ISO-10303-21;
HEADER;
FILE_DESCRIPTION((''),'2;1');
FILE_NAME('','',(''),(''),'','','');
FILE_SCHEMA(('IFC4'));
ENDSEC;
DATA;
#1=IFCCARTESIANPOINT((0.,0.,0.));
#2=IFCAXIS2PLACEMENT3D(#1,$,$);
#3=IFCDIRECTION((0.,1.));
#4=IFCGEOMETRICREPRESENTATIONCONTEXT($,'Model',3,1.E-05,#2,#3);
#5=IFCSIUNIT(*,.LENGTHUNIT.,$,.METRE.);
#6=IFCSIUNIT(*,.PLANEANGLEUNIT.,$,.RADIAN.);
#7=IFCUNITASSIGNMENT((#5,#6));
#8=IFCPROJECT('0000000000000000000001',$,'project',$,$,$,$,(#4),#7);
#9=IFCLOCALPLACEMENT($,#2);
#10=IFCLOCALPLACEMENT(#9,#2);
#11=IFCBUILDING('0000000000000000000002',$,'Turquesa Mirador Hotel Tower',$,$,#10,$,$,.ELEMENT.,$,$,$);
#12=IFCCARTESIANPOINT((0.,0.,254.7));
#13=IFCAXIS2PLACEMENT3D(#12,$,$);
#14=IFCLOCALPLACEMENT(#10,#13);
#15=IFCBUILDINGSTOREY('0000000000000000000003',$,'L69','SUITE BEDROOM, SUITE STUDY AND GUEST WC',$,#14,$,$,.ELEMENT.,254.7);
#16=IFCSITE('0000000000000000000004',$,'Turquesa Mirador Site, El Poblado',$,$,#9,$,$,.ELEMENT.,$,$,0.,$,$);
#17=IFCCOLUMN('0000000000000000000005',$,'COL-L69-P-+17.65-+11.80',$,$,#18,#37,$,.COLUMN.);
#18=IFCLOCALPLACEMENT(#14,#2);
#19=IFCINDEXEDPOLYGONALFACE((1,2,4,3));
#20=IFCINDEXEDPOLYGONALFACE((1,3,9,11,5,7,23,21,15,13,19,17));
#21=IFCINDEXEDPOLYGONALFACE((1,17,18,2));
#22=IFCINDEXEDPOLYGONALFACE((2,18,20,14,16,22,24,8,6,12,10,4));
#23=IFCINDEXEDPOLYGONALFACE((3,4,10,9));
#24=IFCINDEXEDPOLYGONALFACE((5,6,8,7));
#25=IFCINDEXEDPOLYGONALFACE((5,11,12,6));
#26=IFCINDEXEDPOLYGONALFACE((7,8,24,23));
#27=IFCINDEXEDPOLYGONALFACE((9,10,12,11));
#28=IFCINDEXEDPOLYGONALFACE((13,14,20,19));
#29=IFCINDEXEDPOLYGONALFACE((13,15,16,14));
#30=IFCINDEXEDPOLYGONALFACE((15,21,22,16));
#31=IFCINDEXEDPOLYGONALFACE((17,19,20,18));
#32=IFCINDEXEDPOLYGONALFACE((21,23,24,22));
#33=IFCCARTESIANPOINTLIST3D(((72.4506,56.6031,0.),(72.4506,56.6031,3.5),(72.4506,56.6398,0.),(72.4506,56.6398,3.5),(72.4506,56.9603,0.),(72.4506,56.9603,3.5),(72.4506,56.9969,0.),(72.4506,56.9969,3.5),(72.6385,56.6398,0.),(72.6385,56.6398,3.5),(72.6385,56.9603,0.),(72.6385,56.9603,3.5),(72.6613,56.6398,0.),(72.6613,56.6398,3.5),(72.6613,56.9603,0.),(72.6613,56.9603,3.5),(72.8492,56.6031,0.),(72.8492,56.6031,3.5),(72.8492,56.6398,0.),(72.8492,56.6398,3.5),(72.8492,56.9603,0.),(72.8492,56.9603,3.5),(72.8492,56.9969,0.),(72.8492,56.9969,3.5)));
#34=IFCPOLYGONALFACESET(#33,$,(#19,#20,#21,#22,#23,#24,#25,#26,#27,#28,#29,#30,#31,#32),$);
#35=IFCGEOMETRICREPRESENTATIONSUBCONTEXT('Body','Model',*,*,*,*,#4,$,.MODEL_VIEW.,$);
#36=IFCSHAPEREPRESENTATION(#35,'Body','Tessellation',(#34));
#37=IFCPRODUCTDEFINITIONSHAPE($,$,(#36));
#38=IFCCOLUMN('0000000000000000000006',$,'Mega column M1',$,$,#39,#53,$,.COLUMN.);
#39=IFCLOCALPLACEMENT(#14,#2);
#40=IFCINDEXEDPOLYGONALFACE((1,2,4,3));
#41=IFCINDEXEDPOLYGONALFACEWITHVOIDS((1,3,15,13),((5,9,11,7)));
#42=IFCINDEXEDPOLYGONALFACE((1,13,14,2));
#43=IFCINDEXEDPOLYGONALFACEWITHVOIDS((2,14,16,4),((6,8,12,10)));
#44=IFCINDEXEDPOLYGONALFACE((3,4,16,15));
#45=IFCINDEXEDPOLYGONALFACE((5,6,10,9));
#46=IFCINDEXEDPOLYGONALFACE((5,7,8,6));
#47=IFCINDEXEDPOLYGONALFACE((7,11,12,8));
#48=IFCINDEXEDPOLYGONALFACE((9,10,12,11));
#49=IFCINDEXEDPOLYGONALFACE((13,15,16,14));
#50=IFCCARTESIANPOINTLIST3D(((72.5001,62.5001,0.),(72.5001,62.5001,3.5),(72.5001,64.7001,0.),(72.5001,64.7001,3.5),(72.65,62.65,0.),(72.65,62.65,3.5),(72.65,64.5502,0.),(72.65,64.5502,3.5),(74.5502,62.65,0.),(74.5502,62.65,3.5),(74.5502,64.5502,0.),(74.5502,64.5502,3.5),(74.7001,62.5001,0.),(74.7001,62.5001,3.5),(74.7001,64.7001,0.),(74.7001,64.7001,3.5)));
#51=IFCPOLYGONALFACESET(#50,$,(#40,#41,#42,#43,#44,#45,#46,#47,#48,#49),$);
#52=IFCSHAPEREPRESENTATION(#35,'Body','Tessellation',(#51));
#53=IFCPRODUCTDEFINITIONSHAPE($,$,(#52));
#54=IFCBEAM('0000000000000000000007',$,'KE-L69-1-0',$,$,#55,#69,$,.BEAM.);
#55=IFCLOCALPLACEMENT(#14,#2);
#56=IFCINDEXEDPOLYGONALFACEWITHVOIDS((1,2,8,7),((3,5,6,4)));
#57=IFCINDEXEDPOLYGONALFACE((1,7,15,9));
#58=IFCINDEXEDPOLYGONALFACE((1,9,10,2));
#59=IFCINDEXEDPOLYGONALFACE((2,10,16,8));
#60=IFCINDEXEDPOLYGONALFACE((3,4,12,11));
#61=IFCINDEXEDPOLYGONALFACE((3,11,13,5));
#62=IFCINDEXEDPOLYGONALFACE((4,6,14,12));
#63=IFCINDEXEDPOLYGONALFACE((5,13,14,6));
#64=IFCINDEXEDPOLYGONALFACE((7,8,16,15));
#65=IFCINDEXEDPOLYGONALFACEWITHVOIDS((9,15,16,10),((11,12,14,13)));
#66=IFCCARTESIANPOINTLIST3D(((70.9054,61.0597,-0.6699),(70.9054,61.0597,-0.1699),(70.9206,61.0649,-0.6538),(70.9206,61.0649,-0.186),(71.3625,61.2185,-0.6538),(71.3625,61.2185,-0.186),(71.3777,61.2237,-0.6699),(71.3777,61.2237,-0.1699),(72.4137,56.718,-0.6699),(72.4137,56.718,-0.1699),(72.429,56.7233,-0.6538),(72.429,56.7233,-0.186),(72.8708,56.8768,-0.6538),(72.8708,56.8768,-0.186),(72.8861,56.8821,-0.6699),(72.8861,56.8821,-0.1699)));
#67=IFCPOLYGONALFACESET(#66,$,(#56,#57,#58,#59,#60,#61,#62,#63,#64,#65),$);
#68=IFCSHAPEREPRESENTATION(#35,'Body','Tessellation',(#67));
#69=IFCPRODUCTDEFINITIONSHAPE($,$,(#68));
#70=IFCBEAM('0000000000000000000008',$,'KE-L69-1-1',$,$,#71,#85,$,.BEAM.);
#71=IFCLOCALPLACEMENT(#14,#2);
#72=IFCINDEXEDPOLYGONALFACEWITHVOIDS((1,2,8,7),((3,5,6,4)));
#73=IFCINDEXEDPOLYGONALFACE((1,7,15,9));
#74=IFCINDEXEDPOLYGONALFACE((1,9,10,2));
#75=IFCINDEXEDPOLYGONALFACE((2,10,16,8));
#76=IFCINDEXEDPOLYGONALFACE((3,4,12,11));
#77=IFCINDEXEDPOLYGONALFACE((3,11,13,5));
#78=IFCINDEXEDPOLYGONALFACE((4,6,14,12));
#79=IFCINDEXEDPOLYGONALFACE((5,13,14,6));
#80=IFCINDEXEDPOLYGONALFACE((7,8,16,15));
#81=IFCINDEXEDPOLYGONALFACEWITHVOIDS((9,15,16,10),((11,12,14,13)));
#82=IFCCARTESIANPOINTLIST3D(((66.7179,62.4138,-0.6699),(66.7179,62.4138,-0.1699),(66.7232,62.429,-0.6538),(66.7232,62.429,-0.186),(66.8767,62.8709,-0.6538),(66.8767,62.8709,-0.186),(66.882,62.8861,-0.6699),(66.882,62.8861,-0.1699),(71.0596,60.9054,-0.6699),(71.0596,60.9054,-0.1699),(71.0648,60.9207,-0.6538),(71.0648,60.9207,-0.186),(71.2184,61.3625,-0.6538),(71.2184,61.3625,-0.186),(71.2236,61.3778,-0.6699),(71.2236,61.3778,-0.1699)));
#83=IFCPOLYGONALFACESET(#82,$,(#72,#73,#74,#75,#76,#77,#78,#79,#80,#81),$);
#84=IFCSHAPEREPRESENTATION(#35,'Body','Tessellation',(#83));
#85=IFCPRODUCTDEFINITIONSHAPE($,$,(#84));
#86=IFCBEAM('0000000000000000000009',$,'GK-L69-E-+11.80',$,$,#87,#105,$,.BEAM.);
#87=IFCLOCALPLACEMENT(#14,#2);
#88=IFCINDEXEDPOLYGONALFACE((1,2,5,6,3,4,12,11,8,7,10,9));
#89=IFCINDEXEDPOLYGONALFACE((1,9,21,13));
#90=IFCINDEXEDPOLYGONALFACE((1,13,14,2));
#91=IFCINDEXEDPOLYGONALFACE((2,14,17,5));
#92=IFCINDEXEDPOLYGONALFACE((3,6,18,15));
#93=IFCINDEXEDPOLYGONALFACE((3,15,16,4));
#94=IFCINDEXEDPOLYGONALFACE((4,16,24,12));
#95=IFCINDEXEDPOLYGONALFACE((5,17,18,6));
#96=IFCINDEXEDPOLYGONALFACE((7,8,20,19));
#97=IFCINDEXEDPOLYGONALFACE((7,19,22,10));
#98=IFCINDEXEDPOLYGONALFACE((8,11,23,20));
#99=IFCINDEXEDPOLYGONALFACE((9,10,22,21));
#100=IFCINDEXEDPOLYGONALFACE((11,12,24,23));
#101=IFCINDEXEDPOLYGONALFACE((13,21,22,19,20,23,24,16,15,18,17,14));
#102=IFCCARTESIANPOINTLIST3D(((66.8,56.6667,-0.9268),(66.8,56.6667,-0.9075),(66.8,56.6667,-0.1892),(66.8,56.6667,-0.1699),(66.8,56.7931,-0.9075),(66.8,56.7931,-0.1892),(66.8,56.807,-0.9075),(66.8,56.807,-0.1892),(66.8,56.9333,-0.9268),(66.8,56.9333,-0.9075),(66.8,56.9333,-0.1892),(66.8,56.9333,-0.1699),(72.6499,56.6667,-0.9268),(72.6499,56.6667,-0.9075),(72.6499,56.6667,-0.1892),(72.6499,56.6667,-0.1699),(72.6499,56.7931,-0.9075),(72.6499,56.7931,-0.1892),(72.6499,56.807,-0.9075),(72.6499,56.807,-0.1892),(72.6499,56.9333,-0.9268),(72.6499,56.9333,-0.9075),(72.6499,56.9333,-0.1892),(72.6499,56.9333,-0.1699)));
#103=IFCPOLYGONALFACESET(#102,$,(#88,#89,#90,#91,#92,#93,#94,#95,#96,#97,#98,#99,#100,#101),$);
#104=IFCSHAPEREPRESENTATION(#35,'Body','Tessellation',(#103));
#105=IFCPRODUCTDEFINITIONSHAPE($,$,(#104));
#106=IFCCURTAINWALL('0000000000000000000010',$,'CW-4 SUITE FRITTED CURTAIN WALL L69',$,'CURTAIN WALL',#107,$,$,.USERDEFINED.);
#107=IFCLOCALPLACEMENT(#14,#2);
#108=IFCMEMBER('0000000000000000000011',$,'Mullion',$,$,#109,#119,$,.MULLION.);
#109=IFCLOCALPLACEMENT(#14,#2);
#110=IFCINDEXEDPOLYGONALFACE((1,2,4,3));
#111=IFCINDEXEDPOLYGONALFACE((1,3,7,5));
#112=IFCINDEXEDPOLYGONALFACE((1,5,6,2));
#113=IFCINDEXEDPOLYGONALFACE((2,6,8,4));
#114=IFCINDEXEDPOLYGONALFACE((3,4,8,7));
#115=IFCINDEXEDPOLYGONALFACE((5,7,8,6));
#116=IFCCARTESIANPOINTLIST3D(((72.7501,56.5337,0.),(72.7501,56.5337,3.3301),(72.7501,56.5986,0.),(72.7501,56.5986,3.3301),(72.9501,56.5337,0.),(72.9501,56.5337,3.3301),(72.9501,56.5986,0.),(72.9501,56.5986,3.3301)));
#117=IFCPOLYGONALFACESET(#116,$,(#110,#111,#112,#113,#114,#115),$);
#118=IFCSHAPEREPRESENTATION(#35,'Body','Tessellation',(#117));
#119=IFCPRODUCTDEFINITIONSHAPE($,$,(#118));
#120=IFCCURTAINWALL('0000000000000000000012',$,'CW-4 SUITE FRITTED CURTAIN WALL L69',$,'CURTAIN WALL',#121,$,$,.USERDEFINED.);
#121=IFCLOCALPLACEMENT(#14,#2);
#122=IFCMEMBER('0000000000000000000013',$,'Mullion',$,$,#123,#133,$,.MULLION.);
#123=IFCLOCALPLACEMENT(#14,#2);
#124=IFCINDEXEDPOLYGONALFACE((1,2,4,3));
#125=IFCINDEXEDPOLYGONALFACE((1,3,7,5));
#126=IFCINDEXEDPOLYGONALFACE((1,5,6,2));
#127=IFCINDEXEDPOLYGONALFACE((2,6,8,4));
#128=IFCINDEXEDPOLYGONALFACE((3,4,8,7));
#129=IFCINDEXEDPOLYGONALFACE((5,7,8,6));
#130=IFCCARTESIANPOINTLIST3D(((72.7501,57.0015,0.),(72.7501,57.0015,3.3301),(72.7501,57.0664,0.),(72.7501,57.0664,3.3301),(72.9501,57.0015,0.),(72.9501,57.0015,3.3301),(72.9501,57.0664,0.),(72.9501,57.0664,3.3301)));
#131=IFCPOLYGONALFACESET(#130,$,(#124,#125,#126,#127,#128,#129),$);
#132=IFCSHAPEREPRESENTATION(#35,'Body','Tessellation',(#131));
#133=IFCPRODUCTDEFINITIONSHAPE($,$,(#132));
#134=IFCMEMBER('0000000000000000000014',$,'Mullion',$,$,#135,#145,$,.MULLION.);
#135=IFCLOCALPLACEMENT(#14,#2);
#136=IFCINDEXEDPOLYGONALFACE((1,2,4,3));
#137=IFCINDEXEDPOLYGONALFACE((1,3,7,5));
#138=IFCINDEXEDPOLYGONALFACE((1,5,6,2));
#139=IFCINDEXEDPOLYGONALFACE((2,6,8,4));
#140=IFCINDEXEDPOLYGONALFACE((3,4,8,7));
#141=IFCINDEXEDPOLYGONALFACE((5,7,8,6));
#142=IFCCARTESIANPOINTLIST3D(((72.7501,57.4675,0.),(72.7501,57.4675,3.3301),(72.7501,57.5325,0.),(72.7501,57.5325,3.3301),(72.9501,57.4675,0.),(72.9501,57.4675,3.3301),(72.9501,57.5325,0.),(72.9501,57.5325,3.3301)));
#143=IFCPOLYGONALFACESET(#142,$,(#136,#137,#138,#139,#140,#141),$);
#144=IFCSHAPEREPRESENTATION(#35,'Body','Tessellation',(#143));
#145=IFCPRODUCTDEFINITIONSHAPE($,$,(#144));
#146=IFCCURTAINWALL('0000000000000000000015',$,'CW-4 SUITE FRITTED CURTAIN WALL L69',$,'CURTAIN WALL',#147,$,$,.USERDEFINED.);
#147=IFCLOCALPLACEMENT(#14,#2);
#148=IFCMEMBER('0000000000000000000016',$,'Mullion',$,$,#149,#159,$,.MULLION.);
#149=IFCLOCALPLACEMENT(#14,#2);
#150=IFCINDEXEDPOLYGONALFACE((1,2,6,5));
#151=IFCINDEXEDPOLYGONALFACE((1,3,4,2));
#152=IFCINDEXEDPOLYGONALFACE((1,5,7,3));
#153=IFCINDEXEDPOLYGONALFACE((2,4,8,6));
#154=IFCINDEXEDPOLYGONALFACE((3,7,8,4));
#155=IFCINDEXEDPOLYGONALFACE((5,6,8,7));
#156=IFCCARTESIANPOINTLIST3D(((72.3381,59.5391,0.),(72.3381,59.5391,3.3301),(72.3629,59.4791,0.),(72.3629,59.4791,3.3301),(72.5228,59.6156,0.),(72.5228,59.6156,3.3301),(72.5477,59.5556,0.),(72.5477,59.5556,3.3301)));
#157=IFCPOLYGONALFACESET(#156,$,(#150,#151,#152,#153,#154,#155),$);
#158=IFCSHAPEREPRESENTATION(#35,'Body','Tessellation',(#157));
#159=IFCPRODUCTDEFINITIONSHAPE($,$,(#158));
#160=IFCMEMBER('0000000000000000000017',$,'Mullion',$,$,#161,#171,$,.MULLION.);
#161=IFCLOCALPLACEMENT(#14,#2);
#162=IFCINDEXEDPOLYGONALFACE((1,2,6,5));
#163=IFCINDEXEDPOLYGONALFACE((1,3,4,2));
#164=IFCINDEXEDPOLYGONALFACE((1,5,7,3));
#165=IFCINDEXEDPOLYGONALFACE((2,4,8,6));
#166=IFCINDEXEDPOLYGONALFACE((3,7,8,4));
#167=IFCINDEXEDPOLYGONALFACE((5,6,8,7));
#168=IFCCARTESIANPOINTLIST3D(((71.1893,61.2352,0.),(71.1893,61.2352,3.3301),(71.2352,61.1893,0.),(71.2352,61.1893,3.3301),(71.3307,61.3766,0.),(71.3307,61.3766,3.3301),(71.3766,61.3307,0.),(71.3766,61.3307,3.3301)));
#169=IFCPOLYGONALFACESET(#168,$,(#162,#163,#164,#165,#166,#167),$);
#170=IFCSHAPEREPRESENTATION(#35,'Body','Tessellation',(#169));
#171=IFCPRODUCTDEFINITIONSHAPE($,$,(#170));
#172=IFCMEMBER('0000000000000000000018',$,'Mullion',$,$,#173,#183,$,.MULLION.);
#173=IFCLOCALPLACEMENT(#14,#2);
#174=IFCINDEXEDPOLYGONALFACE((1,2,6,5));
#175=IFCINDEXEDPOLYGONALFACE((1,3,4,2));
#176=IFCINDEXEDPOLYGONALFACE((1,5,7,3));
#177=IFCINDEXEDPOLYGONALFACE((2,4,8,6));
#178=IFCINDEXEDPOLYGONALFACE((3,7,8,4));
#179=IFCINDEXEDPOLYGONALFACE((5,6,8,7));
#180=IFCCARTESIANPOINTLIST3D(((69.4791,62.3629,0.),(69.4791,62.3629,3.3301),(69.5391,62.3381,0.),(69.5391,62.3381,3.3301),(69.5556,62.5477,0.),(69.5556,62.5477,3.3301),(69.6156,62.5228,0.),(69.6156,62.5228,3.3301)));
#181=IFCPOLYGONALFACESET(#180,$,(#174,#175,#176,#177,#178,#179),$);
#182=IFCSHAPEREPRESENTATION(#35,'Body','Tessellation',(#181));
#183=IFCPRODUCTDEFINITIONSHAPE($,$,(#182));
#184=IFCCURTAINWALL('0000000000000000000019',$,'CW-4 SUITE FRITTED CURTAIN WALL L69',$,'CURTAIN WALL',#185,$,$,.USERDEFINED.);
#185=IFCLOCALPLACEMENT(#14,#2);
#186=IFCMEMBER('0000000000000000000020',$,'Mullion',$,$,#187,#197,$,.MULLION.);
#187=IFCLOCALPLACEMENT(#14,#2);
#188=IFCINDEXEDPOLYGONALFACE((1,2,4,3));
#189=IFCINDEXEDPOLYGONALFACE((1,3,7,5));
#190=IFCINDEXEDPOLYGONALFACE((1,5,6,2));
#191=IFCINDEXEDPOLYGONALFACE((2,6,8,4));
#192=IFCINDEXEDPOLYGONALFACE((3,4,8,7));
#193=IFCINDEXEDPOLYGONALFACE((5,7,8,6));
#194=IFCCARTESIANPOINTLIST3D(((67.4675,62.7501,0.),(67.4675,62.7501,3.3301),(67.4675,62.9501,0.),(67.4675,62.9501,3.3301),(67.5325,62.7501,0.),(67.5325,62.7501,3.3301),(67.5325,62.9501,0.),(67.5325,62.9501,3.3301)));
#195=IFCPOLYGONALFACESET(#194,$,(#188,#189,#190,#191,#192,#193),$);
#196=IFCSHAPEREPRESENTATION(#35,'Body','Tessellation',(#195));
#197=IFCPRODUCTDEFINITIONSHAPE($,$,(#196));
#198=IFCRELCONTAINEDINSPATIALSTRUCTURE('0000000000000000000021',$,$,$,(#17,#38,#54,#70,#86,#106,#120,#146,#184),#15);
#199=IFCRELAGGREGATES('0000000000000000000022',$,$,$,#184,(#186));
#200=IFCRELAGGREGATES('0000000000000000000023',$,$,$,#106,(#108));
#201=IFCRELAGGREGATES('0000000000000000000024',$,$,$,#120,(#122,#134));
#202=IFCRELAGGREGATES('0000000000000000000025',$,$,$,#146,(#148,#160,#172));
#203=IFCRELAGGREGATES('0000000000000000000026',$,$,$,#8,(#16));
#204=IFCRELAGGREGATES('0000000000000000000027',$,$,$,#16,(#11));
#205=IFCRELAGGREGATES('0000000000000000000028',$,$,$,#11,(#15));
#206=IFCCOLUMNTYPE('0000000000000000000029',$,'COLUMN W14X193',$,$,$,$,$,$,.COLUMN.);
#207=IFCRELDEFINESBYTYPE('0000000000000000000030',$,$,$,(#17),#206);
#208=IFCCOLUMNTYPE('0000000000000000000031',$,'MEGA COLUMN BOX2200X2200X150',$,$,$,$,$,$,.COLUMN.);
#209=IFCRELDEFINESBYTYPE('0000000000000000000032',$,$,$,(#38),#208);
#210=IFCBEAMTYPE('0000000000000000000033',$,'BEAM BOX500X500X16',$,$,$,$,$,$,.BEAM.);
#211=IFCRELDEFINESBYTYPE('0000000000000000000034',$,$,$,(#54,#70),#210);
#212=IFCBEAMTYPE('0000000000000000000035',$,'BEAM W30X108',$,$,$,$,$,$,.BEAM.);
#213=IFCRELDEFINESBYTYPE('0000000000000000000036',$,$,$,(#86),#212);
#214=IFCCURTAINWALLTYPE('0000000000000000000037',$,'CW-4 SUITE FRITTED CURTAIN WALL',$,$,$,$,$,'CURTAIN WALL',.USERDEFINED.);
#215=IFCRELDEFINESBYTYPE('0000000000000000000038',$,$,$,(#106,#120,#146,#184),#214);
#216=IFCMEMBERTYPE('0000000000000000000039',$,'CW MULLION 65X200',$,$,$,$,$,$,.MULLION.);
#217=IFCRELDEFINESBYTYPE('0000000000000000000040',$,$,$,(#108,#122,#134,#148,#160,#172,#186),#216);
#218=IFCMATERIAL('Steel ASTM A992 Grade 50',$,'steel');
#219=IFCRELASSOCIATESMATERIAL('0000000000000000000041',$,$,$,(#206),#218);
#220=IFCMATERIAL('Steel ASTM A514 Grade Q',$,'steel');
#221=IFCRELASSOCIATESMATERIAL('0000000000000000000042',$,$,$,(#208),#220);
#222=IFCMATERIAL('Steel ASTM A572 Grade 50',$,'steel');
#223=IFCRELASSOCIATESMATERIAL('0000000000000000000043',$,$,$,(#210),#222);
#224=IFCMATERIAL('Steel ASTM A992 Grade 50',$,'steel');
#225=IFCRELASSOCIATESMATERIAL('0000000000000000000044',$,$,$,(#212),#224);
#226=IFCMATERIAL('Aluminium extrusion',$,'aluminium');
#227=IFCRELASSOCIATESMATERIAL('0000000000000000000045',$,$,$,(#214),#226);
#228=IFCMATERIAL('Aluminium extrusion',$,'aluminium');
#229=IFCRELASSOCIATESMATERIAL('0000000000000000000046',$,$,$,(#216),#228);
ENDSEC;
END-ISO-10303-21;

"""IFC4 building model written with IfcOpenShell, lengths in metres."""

from ifc_helpers import new_model, si_unit, direction, frame, origin, origin_2d, place, context, subcontext, project, spatial, rectangle, hollow_rectangle, i_section, extrude, material, material_profile, profile_set, type_object, element, aggregate, save


model = new_model("IFC4")

# Units and contexts
model_context = context("Model", 3, precision=1e-05, world=origin(), true_north=direction((0.0, 1.0)))
body_context = subcontext(model_context, "Body", "Model", "MODEL_VIEW")
ifc_project = project(units=[si_unit("LENGTHUNIT", "METRE"), si_unit("PLANEANGLEUNIT", "RADIAN")], contexts=[model_context])

# Site, building, storey
site_placement = place(None, origin())
site = spatial("IfcSite", under=ifc_project, at=site_placement, Name="Turquesa Mirador Site, El Poblado", CompositionType="ELEMENT", RefElevation=0.0)
building_placement = place(site_placement, origin())
building = spatial("IfcBuilding", under=site, at=building_placement, Name="Turquesa Mirador Hotel Tower", CompositionType="ELEMENT")
storey_placement = place(building_placement, frame((0.0, 0.0, 254.7)))
storey = spatial("IfcBuildingStorey", under=building, at=storey_placement, Name="L69", Description="SUITE BEDROOM, SUITE STUDY AND GUEST WC", CompositionType="ELEMENT", Elevation=254.7)

# Columns
ifc_material_1 = material(Name="Steel ASTM A992 Grade 50", Category="steel")
ifc_material_profile_1 = material_profile(ifc_material_1, i_section(OverallWidth=0.3987, OverallDepth=0.3938, WebThickness=0.0227, FlangeThickness=0.0366, at=origin_2d()), Name="W14X193")
ifc_profile_set_1 = profile_set([ifc_material_profile_1], Name="Steel ASTM A992 Grade 50")
column_type_1 = type_object("IfcColumnType", Name="COLUMN W14X193", PredefinedType="COLUMN", material=ifc_profile_set_1)
column_1_placement = place(storey_placement, frame((72.6499, 56.8, 0.0), z_axis=(0.0, 0.0, 1.0), x_axis=(1.0, 0.0, 0.0)))
element("IfcColumn", 1, at=column_1_placement, inside=storey, type_object=column_type_1, Name="COL-L69-P-+17.65-+11.80", PredefinedType="COLUMN", context=body_context, shape_type="SweptSolid", body=[
    extrude(i_section(OverallWidth=0.3987, OverallDepth=0.3938, WebThickness=0.0227, FlangeThickness=0.0366, at=origin_2d()), origin(), (0.0, 0.0, 1.0), 3.5),
])
ifc_material_2 = material(Name="Steel ASTM A514 Grade Q", Category="steel")
ifc_material_profile_2 = material_profile(ifc_material_2, hollow_rectangle(XDim=2.2, YDim=2.2, WallThickness=0.1499, at=origin_2d()), Name="BOX2200X2200X150")
ifc_profile_set_2 = profile_set([ifc_material_profile_2], Name="Steel ASTM A514 Grade Q")
column_type_2 = type_object("IfcColumnType", Name="MEGA COLUMN BOX2200X2200X150", PredefinedType="COLUMN", material=ifc_profile_set_2)
column_2_placement = place(storey_placement, frame((73.6001, 63.6001, 0.0), z_axis=(0.0, 0.0, 1.0), x_axis=(1.0, 0.0, 0.0)))
element("IfcColumn", 2, at=column_2_placement, inside=storey, type_object=column_type_2, Name="Mega column M1", PredefinedType="COLUMN", context=body_context, shape_type="SweptSolid", body=[
    extrude(hollow_rectangle(XDim=2.2, YDim=2.2, WallThickness=0.1499, at=origin_2d()), origin(), (0.0, 0.0, 1.0), 3.5),
])

# Beams
ifc_material_3 = material(Name="Steel ASTM A572 Grade 50", Category="steel")
ifc_material_profile_3 = material_profile(ifc_material_3, hollow_rectangle(XDim=0.5, YDim=0.5, WallThickness=0.0161, at=origin_2d()), Name="BOX500X500X16")
ifc_profile_set_3 = profile_set([ifc_material_profile_3], Name="Steel ASTM A572 Grade 50")
beam_type_1 = type_object("IfcBeamType", Name="BEAM BOX500X500X16", PredefinedType="BEAM", material=ifc_profile_set_3)
for number, where, z_axis, x_axis, name in (
    (3, (72.6499, 56.8, -0.4199), (-0.32817, 0.944619, 0.0), (-0.944619, -0.32817, 0.0), "KE-L69-1-0"),
    (4, (71.1416, 61.1416, -0.4199), (-0.944619, 0.32817, 0.0), (-0.32817, -0.944619, 0.0), "KE-L69-1-1"),
):
    element("IfcBeam", number, at=place(storey_placement, frame(where, z_axis=z_axis, x_axis=x_axis)), inside=storey, type_object=beam_type_1, Name=name, PredefinedType="BEAM", context=body_context, shape_type="SweptSolid", body=[
        extrude(hollow_rectangle(XDim=0.5, YDim=0.5, WallThickness=0.0161, at=origin_2d()), origin(), (0.0, 0.0, 1.0), 4.5962),
    ])
ifc_material_4 = material(Name="Steel ASTM A992 Grade 50", Category="steel")
ifc_material_profile_4 = material_profile(ifc_material_4, i_section(OverallWidth=0.2666, OverallDepth=0.7568, WebThickness=0.0139, FlangeThickness=0.0193, at=origin_2d()), Name="W30X108")
ifc_profile_set_4 = profile_set([ifc_material_profile_4], Name="Steel ASTM A992 Grade 50")
beam_type_2 = type_object("IfcBeamType", Name="BEAM W30X108", PredefinedType="BEAM", material=ifc_profile_set_4)
beam_placement = place(storey_placement, frame((72.6499, 56.8, -0.5483), z_axis=(-1.0, 0.0, 0.0), x_axis=(0.0, -1.0, 0.0)))
element("IfcBeam", 5, at=beam_placement, inside=storey, type_object=beam_type_2, Name="GK-L69-E-+11.80", PredefinedType="BEAM", context=body_context, shape_type="SweptSolid", body=[
    extrude(i_section(OverallWidth=0.2666, OverallDepth=0.7568, WebThickness=0.0139, FlangeThickness=0.0193, at=origin_2d()), origin(), (0.0, 0.0, 1.0), 5.8499),
])

# Curtain wall, member
ifc_material_5 = material(Name="Aluminium extrusion", Category="aluminium")
curtain_wall_type = type_object("IfcCurtainWallType", Name="CW-4 SUITE FRITTED CURTAIN WALL", ElementType="CURTAIN WALL", PredefinedType="USERDEFINED", material=ifc_material_5)
curtain_wall_1_placement = place(storey_placement, origin())
curtain_wall_1 = element("IfcCurtainWall", 6, at=curtain_wall_1_placement, inside=storey, type_object=curtain_wall_type, Name="CW-4 SUITE FRITTED CURTAIN WALL L69", ObjectType="CURTAIN WALL", PredefinedType="USERDEFINED")
ifc_material_6 = material(Name="Aluminium extrusion", Category="aluminium")
ifc_material_profile_5 = material_profile(ifc_material_6, rectangle(XDim=0.0649, YDim=0.2, at=origin_2d()), Name="MULLION 65X200")
ifc_profile_set_5 = profile_set([ifc_material_profile_5], Name="Aluminium extrusion")
member_type_1 = type_object("IfcMemberType", Name="CW MULLION 65X200", PredefinedType="MULLION", material=ifc_profile_set_5)
member_1_placement = place(storey_placement, frame((72.8501, 56.5662, 0.0), z_axis=(0.0, 0.0, 1.0), x_axis=(0.0, 1.0, 0.0)))
member_1 = element("IfcMember", 7, at=member_1_placement, type_object=member_type_1, Name="Mullion", PredefinedType="MULLION", context=body_context, shape_type="SweptSolid", body=[
    extrude(rectangle(XDim=0.0649, YDim=0.2, at=origin_2d()), origin(), (0.0, 0.0, 1.0), 3.3301),
])

# Curtain walls, members
curtain_wall_2_placement = place(storey_placement, origin())
curtain_wall_2 = element("IfcCurtainWall", 8, at=curtain_wall_2_placement, inside=storey, type_object=curtain_wall_type, Name="CW-4 SUITE FRITTED CURTAIN WALL L69", ObjectType="CURTAIN WALL", PredefinedType="USERDEFINED")
member_2_placement = place(storey_placement, frame((72.8501, 57.0339, 0.0), z_axis=(0.0, 0.0, 1.0), x_axis=(0.0, 1.0, 0.0)))
member_2 = element("IfcMember", 9, at=member_2_placement, type_object=member_type_1, Name="Mullion", PredefinedType="MULLION", context=body_context, shape_type="SweptSolid", body=[
    extrude(rectangle(XDim=0.0649, YDim=0.2, at=origin_2d()), origin(), (0.0, 0.0, 1.0), 3.3301),
])
member_3_placement = place(storey_placement, frame((72.8501, 57.5, 0.0), z_axis=(0.0, 0.0, 1.0), x_axis=(0.0, 1.0, 0.0)))
member_3 = element("IfcMember", 10, at=member_3_placement, type_object=member_type_1, Name="Mullion", PredefinedType="MULLION", context=body_context, shape_type="SweptSolid", body=[
    extrude(rectangle(XDim=0.0649, YDim=0.2, at=origin_2d()), origin(), (0.0, 0.0, 1.0), 3.3301),
])
curtain_wall_3_placement = place(storey_placement, origin())
curtain_wall_3 = element("IfcCurtainWall", 11, at=curtain_wall_3_placement, inside=storey, type_object=curtain_wall_type, Name="CW-4 SUITE FRITTED CURTAIN WALL L69", ObjectType="CURTAIN WALL", PredefinedType="USERDEFINED")
member_4_placement = place(storey_placement, frame((72.4429, 59.5474, 0.0), z_axis=(0.0, 0.0, 1.0), x_axis=(-0.382683, 0.92388, 0.0)))
member_4 = element("IfcMember", 12, at=member_4_placement, type_object=member_type_1, Name="Mullion", PredefinedType="MULLION", context=body_context, shape_type="SweptSolid", body=[
    extrude(rectangle(XDim=0.0649, YDim=0.2, at=origin_2d()), origin(), (0.0, 0.0, 1.0), 3.3301),
])
member_5_placement = place(storey_placement, frame((71.283, 61.283, 0.0), z_axis=(0.0, 0.0, 1.0), x_axis=(-0.707107, 0.707107, 0.0)))
member_5 = element("IfcMember", 13, at=member_5_placement, type_object=member_type_1, Name="Mullion", PredefinedType="MULLION", context=body_context, shape_type="SweptSolid", body=[
    extrude(rectangle(XDim=0.0649, YDim=0.2, at=origin_2d()), origin(), (0.0, 0.0, 1.0), 3.3301),
])
member_6_placement = place(storey_placement, frame((69.5474, 62.4429, 0.0), z_axis=(0.0, 0.0, 1.0), x_axis=(-0.92388, 0.382683, 0.0)))
member_6 = element("IfcMember", 14, at=member_6_placement, type_object=member_type_1, Name="Mullion", PredefinedType="MULLION", context=body_context, shape_type="SweptSolid", body=[
    extrude(rectangle(XDim=0.0649, YDim=0.2, at=origin_2d()), origin(), (0.0, 0.0, 1.0), 3.3301),
])

# Curtain wall, member
curtain_wall_4_placement = place(storey_placement, origin())
curtain_wall_4 = element("IfcCurtainWall", 15, at=curtain_wall_4_placement, inside=storey, type_object=curtain_wall_type, Name="CW-4 SUITE FRITTED CURTAIN WALL L69", ObjectType="CURTAIN WALL", PredefinedType="USERDEFINED")
member_7_placement = place(storey_placement, frame((67.5, 62.8501, 0.0), z_axis=(0.0, 0.0, 1.0), x_axis=(-1.0, 0.0, 0.0)))
member_7 = element("IfcMember", 16, at=member_7_placement, type_object=member_type_1, Name="Mullion", PredefinedType="MULLION", context=body_context, shape_type="SweptSolid", body=[
    extrude(rectangle(XDim=0.0649, YDim=0.2, at=origin_2d()), origin(), (0.0, 0.0, 1.0), 3.3301),
])

aggregate(curtain_wall_4, [member_7])

aggregate(curtain_wall_1, [member_1])
aggregate(curtain_wall_2, [member_2, member_3])
aggregate(curtain_wall_3, [member_4, member_5, member_6])

save(model, "model.ifc")
